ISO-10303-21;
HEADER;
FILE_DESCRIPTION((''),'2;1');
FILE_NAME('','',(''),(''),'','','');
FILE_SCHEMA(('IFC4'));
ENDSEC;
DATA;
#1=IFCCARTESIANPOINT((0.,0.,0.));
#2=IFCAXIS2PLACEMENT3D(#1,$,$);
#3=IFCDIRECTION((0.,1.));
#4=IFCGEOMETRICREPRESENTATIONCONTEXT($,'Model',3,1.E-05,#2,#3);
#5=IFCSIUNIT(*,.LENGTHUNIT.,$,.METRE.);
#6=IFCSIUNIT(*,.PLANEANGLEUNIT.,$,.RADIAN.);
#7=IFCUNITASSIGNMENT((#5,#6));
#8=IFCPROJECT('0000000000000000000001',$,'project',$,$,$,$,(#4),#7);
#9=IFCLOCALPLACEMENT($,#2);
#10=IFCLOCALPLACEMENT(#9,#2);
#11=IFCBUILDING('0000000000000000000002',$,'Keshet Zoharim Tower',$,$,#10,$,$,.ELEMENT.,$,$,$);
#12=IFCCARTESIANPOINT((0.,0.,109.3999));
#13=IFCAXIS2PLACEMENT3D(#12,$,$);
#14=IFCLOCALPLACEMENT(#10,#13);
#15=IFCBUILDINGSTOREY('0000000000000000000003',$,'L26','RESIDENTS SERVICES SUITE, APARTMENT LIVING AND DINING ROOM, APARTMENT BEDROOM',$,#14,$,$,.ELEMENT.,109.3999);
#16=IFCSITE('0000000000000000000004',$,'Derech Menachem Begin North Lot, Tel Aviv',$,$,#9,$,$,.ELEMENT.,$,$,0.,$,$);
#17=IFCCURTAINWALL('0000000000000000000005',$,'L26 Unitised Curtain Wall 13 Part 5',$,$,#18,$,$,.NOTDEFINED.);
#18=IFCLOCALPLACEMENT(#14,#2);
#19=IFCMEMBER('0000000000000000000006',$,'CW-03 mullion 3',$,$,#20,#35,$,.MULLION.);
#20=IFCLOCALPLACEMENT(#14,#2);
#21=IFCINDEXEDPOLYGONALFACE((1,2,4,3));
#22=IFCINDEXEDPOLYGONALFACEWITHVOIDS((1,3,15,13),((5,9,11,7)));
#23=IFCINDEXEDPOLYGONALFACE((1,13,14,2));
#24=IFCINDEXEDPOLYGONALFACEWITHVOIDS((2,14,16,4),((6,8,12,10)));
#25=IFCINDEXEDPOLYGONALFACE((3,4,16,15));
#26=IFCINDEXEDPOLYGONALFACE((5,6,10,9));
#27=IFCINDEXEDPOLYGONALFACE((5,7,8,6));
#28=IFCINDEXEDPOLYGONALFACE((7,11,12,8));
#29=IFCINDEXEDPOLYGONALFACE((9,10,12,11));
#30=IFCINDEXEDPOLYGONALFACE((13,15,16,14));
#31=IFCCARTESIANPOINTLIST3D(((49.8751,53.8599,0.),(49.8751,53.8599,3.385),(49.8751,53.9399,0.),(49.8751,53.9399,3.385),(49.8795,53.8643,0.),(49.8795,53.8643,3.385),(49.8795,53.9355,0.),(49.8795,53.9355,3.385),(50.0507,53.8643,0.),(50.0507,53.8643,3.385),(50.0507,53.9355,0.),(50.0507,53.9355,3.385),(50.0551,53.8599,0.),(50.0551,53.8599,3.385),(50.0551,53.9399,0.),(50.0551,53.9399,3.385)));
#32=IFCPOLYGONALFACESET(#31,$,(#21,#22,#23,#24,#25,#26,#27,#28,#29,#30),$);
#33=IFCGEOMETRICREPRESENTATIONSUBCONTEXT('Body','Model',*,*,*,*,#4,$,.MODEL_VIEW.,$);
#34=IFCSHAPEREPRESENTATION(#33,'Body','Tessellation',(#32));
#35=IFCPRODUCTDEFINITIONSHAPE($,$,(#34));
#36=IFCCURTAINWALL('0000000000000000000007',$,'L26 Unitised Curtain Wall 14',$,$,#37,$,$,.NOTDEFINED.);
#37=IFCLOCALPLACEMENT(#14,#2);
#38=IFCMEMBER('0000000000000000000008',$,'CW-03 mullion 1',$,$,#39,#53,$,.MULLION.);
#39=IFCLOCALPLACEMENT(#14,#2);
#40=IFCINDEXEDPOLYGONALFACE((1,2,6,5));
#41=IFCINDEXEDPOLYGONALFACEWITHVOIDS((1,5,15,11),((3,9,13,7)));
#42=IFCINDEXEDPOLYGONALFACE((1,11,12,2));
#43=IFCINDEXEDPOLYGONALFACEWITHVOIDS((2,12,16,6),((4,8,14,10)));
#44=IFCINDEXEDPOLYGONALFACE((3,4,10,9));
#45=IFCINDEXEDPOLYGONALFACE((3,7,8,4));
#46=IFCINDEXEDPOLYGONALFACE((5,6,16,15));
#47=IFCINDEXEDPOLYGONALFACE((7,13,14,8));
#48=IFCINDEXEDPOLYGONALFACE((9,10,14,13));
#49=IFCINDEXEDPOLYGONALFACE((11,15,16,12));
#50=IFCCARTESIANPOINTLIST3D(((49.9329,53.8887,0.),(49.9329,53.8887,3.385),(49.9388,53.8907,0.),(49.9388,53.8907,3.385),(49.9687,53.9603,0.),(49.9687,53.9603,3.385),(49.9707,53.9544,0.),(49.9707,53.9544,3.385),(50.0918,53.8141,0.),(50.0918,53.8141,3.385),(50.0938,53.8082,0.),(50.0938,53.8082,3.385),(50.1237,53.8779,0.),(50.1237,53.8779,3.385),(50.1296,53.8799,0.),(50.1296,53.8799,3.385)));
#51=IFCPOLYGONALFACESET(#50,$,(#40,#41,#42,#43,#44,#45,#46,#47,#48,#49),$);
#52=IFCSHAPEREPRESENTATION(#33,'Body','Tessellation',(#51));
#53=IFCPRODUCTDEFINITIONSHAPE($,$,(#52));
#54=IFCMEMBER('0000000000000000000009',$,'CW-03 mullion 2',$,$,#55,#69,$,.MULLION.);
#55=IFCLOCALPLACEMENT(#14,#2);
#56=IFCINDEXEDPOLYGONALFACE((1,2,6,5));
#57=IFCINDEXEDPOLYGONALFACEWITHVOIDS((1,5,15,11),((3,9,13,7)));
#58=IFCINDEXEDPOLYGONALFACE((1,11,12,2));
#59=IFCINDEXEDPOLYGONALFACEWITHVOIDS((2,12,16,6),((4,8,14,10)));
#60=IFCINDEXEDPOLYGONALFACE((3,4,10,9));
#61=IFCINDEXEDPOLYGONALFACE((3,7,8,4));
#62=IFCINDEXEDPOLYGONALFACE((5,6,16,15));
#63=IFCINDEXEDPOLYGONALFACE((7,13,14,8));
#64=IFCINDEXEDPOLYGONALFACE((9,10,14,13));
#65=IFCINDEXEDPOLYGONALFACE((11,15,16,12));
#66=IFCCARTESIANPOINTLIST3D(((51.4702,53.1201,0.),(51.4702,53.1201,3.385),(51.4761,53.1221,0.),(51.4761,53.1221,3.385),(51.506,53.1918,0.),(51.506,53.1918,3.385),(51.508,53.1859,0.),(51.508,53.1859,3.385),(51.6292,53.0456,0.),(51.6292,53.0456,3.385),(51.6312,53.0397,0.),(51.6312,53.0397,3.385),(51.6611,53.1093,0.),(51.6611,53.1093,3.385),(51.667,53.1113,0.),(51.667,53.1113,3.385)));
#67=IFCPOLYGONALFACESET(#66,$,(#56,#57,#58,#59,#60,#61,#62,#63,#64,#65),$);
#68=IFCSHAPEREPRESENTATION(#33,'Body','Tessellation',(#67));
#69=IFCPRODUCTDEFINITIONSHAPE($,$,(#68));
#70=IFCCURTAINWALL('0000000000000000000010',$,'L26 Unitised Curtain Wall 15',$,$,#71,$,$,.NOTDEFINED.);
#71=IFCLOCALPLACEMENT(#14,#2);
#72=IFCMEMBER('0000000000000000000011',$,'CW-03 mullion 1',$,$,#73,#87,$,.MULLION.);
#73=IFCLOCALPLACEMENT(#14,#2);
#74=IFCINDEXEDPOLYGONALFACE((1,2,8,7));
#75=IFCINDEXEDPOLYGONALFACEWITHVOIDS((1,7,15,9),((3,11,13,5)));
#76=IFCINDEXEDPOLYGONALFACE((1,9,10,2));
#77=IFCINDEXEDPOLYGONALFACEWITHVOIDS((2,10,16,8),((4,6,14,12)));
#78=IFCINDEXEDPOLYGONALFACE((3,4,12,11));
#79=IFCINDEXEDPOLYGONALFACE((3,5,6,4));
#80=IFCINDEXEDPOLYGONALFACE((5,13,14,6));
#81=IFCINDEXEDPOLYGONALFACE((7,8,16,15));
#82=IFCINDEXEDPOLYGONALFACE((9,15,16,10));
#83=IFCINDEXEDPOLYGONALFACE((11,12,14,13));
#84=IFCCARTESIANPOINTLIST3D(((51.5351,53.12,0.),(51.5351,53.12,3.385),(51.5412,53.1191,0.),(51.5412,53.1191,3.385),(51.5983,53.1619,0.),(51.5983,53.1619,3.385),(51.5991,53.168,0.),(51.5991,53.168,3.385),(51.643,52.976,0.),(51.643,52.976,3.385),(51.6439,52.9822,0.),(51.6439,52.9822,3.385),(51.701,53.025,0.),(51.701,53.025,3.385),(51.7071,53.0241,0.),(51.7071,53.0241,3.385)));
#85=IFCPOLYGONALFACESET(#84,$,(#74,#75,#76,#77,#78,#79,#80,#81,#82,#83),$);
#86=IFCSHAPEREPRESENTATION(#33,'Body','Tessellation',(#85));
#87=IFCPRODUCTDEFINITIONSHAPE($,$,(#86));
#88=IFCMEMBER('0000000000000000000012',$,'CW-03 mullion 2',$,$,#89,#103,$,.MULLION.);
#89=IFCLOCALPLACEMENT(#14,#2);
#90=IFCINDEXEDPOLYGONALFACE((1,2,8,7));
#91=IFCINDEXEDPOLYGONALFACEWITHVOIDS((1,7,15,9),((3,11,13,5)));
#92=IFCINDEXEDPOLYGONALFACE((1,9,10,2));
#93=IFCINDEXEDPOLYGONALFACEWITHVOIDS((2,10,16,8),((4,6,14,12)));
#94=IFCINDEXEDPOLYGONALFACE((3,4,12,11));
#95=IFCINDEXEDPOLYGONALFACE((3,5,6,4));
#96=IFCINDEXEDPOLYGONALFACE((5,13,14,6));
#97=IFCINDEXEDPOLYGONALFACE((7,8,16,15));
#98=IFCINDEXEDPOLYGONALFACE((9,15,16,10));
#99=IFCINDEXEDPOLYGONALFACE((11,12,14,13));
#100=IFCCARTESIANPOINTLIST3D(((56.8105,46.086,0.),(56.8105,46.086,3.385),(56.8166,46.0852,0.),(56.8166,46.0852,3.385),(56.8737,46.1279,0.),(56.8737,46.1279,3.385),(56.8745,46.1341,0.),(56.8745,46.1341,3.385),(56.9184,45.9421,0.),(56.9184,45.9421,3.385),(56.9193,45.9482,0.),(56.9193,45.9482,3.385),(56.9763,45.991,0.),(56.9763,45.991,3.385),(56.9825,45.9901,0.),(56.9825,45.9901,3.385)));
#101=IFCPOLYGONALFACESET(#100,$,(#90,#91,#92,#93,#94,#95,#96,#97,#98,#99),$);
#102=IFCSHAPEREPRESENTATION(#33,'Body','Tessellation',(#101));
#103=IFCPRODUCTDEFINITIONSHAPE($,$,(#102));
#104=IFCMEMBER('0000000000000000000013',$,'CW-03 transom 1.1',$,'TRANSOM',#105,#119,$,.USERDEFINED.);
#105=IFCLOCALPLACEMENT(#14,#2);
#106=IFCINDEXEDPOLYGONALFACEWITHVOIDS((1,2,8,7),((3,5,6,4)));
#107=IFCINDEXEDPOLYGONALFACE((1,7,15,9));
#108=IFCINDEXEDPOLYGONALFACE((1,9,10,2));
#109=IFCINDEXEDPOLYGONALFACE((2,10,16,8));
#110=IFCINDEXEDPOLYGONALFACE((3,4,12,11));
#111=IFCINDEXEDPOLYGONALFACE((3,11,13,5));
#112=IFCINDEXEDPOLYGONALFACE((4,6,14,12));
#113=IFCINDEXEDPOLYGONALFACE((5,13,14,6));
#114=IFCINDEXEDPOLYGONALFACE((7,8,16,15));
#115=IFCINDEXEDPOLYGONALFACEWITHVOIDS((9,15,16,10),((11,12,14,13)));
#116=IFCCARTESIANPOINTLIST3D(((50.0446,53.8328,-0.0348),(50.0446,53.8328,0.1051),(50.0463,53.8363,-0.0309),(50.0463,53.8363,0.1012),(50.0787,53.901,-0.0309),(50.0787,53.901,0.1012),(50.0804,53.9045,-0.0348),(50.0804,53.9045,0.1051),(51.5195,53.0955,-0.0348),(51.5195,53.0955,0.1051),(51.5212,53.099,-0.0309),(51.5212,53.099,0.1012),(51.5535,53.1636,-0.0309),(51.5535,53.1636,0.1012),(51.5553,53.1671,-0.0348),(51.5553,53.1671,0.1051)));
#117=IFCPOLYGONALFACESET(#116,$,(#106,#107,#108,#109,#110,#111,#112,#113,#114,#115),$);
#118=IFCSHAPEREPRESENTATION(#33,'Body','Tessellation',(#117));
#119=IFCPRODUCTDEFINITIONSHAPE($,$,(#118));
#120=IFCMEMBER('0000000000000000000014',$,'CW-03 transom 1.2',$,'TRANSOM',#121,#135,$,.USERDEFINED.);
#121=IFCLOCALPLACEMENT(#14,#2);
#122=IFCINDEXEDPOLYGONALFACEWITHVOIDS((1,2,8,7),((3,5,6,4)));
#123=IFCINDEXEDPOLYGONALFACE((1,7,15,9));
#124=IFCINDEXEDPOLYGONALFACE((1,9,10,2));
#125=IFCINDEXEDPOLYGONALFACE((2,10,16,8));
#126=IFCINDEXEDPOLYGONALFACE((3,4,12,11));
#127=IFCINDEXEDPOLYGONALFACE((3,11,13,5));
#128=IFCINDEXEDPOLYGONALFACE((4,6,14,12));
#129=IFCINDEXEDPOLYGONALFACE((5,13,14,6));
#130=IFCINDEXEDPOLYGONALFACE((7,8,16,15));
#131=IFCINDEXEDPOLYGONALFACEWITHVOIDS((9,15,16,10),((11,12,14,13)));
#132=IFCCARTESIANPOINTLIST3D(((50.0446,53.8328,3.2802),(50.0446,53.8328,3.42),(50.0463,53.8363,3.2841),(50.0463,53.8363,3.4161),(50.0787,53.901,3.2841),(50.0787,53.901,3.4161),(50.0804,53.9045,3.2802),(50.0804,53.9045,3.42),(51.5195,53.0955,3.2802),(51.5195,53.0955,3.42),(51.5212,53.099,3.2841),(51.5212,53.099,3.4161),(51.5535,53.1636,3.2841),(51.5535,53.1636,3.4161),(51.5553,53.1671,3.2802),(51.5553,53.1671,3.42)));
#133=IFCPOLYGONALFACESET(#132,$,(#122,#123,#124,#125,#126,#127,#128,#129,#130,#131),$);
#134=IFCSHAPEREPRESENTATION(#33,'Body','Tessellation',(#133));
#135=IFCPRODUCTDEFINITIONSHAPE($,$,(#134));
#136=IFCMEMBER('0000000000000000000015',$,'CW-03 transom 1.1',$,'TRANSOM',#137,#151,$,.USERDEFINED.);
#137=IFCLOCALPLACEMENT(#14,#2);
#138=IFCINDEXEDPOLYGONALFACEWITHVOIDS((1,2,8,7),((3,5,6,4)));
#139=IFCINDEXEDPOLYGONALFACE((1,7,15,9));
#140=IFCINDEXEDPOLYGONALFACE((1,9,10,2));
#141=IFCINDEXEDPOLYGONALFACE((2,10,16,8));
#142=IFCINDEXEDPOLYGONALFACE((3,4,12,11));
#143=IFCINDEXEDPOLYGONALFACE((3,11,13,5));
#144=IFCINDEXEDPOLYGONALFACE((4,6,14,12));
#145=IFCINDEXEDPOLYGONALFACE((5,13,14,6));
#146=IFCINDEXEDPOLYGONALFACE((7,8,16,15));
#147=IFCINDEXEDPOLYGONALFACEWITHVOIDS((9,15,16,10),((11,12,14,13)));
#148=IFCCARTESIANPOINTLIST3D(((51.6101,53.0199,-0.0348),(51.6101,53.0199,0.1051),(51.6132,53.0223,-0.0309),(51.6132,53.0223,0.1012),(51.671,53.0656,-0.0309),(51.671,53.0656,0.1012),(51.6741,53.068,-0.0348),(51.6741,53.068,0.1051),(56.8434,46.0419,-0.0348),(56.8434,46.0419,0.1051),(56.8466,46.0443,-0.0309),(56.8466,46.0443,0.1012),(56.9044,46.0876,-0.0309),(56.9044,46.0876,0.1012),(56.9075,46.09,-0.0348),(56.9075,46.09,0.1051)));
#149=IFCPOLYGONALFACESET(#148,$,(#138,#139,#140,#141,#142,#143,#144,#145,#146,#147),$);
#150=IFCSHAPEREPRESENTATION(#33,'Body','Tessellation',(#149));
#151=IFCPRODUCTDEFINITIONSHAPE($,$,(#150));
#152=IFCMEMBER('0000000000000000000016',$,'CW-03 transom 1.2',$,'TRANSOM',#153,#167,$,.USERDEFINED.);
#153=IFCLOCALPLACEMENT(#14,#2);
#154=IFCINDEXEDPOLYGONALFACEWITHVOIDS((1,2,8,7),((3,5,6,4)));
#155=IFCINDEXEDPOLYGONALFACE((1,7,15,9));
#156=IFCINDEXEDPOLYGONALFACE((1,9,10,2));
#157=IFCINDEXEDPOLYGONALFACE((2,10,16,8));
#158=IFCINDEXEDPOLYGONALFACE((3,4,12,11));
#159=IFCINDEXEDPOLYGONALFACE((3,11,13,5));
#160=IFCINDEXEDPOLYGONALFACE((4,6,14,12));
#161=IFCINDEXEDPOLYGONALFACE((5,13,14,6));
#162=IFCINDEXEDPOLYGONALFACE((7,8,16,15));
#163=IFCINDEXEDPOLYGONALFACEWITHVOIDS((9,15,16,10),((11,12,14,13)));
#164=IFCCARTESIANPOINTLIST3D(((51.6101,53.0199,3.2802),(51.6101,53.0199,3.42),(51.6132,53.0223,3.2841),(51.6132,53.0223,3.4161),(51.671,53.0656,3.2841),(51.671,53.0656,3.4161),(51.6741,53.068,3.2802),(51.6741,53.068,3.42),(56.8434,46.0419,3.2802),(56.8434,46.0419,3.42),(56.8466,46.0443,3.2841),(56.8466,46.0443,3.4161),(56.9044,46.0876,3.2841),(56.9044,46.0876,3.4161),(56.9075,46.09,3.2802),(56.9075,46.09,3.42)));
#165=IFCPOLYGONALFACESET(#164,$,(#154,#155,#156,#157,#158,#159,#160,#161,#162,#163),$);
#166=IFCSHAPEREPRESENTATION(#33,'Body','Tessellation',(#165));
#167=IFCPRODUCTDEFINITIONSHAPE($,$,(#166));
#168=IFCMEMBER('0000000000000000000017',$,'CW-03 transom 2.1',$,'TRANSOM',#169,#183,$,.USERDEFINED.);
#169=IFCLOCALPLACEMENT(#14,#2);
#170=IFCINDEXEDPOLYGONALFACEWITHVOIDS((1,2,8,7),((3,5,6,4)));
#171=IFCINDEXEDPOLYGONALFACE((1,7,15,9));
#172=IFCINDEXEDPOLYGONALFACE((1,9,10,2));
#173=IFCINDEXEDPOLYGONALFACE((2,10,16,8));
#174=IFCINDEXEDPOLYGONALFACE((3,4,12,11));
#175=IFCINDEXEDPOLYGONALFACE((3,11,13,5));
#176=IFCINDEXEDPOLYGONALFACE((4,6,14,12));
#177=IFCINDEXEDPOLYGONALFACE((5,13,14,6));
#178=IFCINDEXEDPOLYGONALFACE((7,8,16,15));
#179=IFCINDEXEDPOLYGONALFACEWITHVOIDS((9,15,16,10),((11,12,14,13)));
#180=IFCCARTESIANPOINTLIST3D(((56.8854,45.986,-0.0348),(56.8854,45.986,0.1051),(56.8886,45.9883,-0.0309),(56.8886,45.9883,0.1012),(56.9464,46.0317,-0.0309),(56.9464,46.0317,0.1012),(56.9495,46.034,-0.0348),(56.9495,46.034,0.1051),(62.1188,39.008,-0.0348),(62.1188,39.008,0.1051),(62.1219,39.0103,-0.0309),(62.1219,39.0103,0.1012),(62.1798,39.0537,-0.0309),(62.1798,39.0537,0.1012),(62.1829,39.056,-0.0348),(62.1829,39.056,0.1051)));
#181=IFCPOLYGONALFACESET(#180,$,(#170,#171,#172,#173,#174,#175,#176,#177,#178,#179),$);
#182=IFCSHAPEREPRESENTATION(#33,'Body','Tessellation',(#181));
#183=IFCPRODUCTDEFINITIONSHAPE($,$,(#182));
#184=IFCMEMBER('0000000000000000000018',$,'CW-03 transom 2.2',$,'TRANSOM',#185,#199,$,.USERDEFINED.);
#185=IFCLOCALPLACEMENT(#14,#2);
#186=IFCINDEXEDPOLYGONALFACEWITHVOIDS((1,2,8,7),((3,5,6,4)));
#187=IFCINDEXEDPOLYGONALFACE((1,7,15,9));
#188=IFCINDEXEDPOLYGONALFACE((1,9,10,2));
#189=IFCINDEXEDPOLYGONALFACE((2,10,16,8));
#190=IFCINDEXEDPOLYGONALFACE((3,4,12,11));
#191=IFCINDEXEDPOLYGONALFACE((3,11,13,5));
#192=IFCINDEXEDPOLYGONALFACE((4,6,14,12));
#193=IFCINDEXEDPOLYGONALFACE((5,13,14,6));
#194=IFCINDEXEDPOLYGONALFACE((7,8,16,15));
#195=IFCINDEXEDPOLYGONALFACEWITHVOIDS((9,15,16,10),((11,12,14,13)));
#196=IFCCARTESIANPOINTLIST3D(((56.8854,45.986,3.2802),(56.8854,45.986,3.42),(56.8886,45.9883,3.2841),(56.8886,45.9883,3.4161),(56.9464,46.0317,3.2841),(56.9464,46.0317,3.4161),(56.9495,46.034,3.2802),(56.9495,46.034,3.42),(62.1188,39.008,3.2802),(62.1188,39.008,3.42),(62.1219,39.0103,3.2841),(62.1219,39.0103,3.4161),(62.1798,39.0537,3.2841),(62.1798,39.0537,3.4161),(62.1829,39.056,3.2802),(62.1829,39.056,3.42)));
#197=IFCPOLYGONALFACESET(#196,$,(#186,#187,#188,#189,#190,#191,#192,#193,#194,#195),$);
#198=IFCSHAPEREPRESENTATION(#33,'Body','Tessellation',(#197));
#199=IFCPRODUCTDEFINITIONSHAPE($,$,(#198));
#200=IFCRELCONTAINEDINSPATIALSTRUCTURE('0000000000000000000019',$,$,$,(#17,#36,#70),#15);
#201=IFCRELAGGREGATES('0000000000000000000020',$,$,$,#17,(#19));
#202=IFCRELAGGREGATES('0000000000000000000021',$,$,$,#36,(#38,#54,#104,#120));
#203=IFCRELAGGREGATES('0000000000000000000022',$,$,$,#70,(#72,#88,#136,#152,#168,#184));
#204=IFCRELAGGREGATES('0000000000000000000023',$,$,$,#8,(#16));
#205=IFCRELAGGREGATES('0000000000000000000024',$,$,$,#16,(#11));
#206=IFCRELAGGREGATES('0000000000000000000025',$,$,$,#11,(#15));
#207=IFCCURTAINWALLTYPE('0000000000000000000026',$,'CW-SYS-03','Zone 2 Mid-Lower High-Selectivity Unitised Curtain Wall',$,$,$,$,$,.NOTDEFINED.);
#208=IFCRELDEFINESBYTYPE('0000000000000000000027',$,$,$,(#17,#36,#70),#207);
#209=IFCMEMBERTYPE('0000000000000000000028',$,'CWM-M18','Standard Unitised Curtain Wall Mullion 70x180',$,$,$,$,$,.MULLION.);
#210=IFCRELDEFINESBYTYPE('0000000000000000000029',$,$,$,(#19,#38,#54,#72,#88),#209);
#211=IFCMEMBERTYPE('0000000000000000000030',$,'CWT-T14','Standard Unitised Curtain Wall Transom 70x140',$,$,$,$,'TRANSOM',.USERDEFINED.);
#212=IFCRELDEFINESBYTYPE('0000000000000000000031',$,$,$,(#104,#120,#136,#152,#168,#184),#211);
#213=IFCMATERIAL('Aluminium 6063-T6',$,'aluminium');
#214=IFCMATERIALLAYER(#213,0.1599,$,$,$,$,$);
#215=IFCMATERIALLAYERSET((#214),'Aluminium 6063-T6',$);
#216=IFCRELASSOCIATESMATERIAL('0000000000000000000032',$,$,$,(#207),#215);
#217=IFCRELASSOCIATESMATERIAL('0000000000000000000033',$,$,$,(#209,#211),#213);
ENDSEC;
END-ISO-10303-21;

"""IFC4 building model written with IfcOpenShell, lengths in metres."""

from ifc_helpers import new_model, si_unit, direction, frame, origin, origin_2d, place, context, subcontext, project, spatial, hollow_rectangle, extrude, material, layer, layer_set, material_profile, profile_set, type_object, element, aggregate, save


model = new_model("IFC4")

# Units and contexts
model_context = context("Model", 3, precision=1e-05, world=origin(), true_north=direction((0.0, 1.0)))
body_context = subcontext(model_context, "Body", "Model", "MODEL_VIEW")
ifc_project = project(units=[si_unit("LENGTHUNIT", "METRE"), si_unit("PLANEANGLEUNIT", "RADIAN")], contexts=[model_context])

# Site, building, storey
site_placement = place(None, origin())
site = spatial("IfcSite", under=ifc_project, at=site_placement, Name="Derech Menachem Begin North Lot, Tel Aviv", CompositionType="ELEMENT", RefElevation=0.0)
building_placement = place(site_placement, origin())
building = spatial("IfcBuilding", under=site, at=building_placement, Name="Keshet Zoharim Tower", CompositionType="ELEMENT")
storey_placement = place(building_placement, frame((0.0, 0.0, 109.3999)))
storey = spatial("IfcBuildingStorey", under=building, at=storey_placement, Name="L26", Description="RESIDENTS SERVICES SUITE, APARTMENT LIVING AND DINING ROOM, APARTMENT BEDROOM", CompositionType="ELEMENT", Elevation=109.3999)

# Curtain wall, member
ifc_material_1 = material(Name="Aluminium 6063-T6", Category="aluminium")
ifc_layer_1 = layer(ifc_material_1, 0.1599)
ifc_layer_set_1 = layer_set([ifc_layer_1], Name="Aluminium 6063-T6")
curtain_wall_type = type_object("IfcCurtainWallType", Name="CW-SYS-03", Description="Zone 2 Mid-Lower High-Selectivity Unitised Curtain Wall", PredefinedType="NOTDEFINED", material=ifc_layer_set_1)
curtain_wall_1_placement = place(storey_placement, origin())
curtain_wall_1 = element("IfcCurtainWall", 1, at=curtain_wall_1_placement, inside=storey, type_object=curtain_wall_type, Name="L26 Unitised Curtain Wall 13 Part 5", PredefinedType="NOTDEFINED")
ifc_material_profile_1 = material_profile(ifc_material_1, hollow_rectangle(XDim=0.0801, YDim=0.1799, WallThickness=0.0044, at=origin_2d()), Name="MUL-80x180")
ifc_profile_set_1 = profile_set([ifc_material_profile_1], Name="Aluminium 6063-T6")
member_type_1 = type_object("IfcMemberType", Name="CWM-M18", Description="Standard Unitised Curtain Wall Mullion 70x180", PredefinedType="MULLION", material=ifc_profile_set_1)
member_1_placement = place(storey_placement, frame((49.9651, 53.8999, 0.0), z_axis=(0.0, 0.0, 1.0), x_axis=(0.0, 1.0, 0.0)))
member_1 = element("IfcMember", 2, at=member_1_placement, type_object=member_type_1, Name="CW-03 mullion 3", PredefinedType="MULLION", context=body_context, shape_type="SweptSolid", body=[
    extrude(hollow_rectangle(XDim=0.0801, YDim=0.1799, WallThickness=0.0044, at=origin_2d()), origin(), (0.0, 0.0, 1.0), 3.385),
])

# Curtain walls, members
curtain_wall_2_placement = place(storey_placement, origin())
curtain_wall_2 = element("IfcCurtainWall", 3, at=curtain_wall_2_placement, inside=storey, type_object=curtain_wall_type, Name="L26 Unitised Curtain Wall 14", PredefinedType="NOTDEFINED")
member_2_placement = place(storey_placement, frame((50.0312, 53.8843, 0.0), z_axis=(0.0, 0.0, 1.0), x_axis=(0.447214, 0.894427, 0.0)))
member_2 = element("IfcMember", 4, at=member_2_placement, type_object=member_type_1, Name="CW-03 mullion 1", PredefinedType="MULLION", context=body_context, shape_type="SweptSolid", body=[
    extrude(hollow_rectangle(XDim=0.0801, YDim=0.1799, WallThickness=0.0044, at=origin_2d()), origin(), (0.0, 0.0, 1.0), 3.385),
])
member_3_placement = place(storey_placement, frame((51.5686, 53.1157, 0.0), z_axis=(0.0, 0.0, 1.0), x_axis=(0.447214, 0.894427, 0.0)))
member_3 = element("IfcMember", 5, at=member_3_placement, type_object=member_type_1, Name="CW-03 mullion 2", PredefinedType="MULLION", context=body_context, shape_type="SweptSolid", body=[
    extrude(hollow_rectangle(XDim=0.0801, YDim=0.1799, WallThickness=0.0044, at=origin_2d()), origin(), (0.0, 0.0, 1.0), 3.385),
])
curtain_wall_3_placement = place(storey_placement, origin())
curtain_wall_3 = element("IfcCurtainWall", 6, at=curtain_wall_3_placement, inside=storey, type_object=curtain_wall_type, Name="L26 Unitised Curtain Wall 15", PredefinedType="NOTDEFINED")
member_4_placement = place(storey_placement, frame((51.6211, 53.072, 0.0), z_axis=(0.0, 0.0, 1.0), x_axis=(0.8, 0.6, 0.0)))
member_4 = element("IfcMember", 7, at=member_4_placement, type_object=member_type_1, Name="CW-03 mullion 1", PredefinedType="MULLION", context=body_context, shape_type="SweptSolid", body=[
    extrude(hollow_rectangle(XDim=0.0801, YDim=0.1799, WallThickness=0.0044, at=origin_2d()), origin(), (0.0, 0.0, 1.0), 3.385),
])
member_5_placement = place(storey_placement, frame((56.8965, 46.0381, 0.0), z_axis=(0.0, 0.0, 1.0), x_axis=(0.8, 0.6, 0.0)))
member_5 = element("IfcMember", 8, at=member_5_placement, type_object=member_type_1, Name="CW-03 mullion 2", PredefinedType="MULLION", context=body_context, shape_type="SweptSolid", body=[
    extrude(hollow_rectangle(XDim=0.0801, YDim=0.1799, WallThickness=0.0044, at=origin_2d()), origin(), (0.0, 0.0, 1.0), 3.385),
])

# Members
ifc_material_profile_2 = material_profile(ifc_material_1, hollow_rectangle(XDim=0.0801, YDim=0.1399, WallThickness=0.0039, at=origin_2d()), Name="TRN-80x140")
ifc_profile_set_2 = profile_set([ifc_material_profile_2], Name="Aluminium 6063-T6")
member_type_2 = type_object("IfcMemberType", Name="CWT-T14", Description="Standard Unitised Curtain Wall Transom 70x140", ElementType="TRANSOM", PredefinedType="USERDEFINED", material=ifc_profile_set_2)
member_6_placement = place(storey_placement, frame((50.0625, 53.8687, 0.0352), z_axis=(0.894457, -0.447154, 0.0), x_axis=(0.447154, 0.894457, 0.0)))
member_6 = element("IfcMember", 9, at=member_6_placement, type_object=member_type_2, Name="CW-03 transom 1.1", ObjectType="TRANSOM", PredefinedType="USERDEFINED", context=body_context, shape_type="SweptSolid", body=[
    extrude(hollow_rectangle(XDim=0.0801, YDim=0.1399, WallThickness=0.0039, at=origin_2d()), origin(), (0.0, 0.0, 1.0), 1.6489),
])
member_7_placement = place(storey_placement, frame((50.0625, 53.8687, 3.3501), z_axis=(0.894457, -0.447154, 0.0), x_axis=(0.447154, 0.894457, 0.0)))
member_7 = element("IfcMember", 10, at=member_7_placement, type_object=member_type_2, Name="CW-03 transom 1.2", ObjectType="TRANSOM", PredefinedType="USERDEFINED", context=body_context, shape_type="SweptSolid", body=[
    extrude(hollow_rectangle(XDim=0.0801, YDim=0.1399, WallThickness=0.0039, at=origin_2d()), origin(), (0.0, 0.0, 1.0), 1.6489),
])
member_8_placement = place(storey_placement, frame((51.6421, 53.0439, 0.0352), z_axis=(0.599991, -0.800007, 0.0), x_axis=(0.800007, 0.599991, 0.0)))
member_8 = element("IfcMember", 11, at=member_8_placement, type_object=member_type_2, Name="CW-03 transom 1.1", ObjectType="TRANSOM", PredefinedType="USERDEFINED", context=body_context, shape_type="SweptSolid", body=[
    extrude(hollow_rectangle(XDim=0.0801, YDim=0.1399, WallThickness=0.0039, at=origin_2d()), origin(), (0.0, 0.0, 1.0), 8.7224),
])
member_9_placement = place(storey_placement, frame((51.6421, 53.0439, 3.3501), z_axis=(0.599991, -0.800007, 0.0), x_axis=(0.800007, 0.599991, 0.0)))
member_9 = element("IfcMember", 12, at=member_9_placement, type_object=member_type_2, Name="CW-03 transom 1.2", ObjectType="TRANSOM", PredefinedType="USERDEFINED", context=body_context, shape_type="SweptSolid", body=[
    extrude(hollow_rectangle(XDim=0.0801, YDim=0.1399, WallThickness=0.0039, at=origin_2d()), origin(), (0.0, 0.0, 1.0), 8.7224),
])
member_10_placement = place(storey_placement, frame((56.9175, 46.01, 0.0352), z_axis=(0.599991, -0.800007, 0.0), x_axis=(0.800007, 0.599991, 0.0)))
member_10 = element("IfcMember", 13, at=member_10_placement, type_object=member_type_2, Name="CW-03 transom 2.1", ObjectType="TRANSOM", PredefinedType="USERDEFINED", context=body_context, shape_type="SweptSolid", body=[
    extrude(hollow_rectangle(XDim=0.0801, YDim=0.1399, WallThickness=0.0039, at=origin_2d()), origin(), (0.0, 0.0, 1.0), 8.7224),
])
member_11_placement = place(storey_placement, frame((56.9175, 46.01, 3.3501), z_axis=(0.599991, -0.800007, 0.0), x_axis=(0.800007, 0.599991, 0.0)))
member_11 = element("IfcMember", 14, at=member_11_placement, type_object=member_type_2, Name="CW-03 transom 2.2", ObjectType="TRANSOM", PredefinedType="USERDEFINED", context=body_context, shape_type="SweptSolid", body=[
    extrude(hollow_rectangle(XDim=0.0801, YDim=0.1399, WallThickness=0.0039, at=origin_2d()), origin(), (0.0, 0.0, 1.0), 8.7224),
])

aggregate(curtain_wall_1, [member_1])
aggregate(curtain_wall_2, [member_2, member_3, member_6, member_7])
aggregate(curtain_wall_3, [member_4, member_5, member_8, member_9, member_10, member_11])

save(model, "model.ifc")
